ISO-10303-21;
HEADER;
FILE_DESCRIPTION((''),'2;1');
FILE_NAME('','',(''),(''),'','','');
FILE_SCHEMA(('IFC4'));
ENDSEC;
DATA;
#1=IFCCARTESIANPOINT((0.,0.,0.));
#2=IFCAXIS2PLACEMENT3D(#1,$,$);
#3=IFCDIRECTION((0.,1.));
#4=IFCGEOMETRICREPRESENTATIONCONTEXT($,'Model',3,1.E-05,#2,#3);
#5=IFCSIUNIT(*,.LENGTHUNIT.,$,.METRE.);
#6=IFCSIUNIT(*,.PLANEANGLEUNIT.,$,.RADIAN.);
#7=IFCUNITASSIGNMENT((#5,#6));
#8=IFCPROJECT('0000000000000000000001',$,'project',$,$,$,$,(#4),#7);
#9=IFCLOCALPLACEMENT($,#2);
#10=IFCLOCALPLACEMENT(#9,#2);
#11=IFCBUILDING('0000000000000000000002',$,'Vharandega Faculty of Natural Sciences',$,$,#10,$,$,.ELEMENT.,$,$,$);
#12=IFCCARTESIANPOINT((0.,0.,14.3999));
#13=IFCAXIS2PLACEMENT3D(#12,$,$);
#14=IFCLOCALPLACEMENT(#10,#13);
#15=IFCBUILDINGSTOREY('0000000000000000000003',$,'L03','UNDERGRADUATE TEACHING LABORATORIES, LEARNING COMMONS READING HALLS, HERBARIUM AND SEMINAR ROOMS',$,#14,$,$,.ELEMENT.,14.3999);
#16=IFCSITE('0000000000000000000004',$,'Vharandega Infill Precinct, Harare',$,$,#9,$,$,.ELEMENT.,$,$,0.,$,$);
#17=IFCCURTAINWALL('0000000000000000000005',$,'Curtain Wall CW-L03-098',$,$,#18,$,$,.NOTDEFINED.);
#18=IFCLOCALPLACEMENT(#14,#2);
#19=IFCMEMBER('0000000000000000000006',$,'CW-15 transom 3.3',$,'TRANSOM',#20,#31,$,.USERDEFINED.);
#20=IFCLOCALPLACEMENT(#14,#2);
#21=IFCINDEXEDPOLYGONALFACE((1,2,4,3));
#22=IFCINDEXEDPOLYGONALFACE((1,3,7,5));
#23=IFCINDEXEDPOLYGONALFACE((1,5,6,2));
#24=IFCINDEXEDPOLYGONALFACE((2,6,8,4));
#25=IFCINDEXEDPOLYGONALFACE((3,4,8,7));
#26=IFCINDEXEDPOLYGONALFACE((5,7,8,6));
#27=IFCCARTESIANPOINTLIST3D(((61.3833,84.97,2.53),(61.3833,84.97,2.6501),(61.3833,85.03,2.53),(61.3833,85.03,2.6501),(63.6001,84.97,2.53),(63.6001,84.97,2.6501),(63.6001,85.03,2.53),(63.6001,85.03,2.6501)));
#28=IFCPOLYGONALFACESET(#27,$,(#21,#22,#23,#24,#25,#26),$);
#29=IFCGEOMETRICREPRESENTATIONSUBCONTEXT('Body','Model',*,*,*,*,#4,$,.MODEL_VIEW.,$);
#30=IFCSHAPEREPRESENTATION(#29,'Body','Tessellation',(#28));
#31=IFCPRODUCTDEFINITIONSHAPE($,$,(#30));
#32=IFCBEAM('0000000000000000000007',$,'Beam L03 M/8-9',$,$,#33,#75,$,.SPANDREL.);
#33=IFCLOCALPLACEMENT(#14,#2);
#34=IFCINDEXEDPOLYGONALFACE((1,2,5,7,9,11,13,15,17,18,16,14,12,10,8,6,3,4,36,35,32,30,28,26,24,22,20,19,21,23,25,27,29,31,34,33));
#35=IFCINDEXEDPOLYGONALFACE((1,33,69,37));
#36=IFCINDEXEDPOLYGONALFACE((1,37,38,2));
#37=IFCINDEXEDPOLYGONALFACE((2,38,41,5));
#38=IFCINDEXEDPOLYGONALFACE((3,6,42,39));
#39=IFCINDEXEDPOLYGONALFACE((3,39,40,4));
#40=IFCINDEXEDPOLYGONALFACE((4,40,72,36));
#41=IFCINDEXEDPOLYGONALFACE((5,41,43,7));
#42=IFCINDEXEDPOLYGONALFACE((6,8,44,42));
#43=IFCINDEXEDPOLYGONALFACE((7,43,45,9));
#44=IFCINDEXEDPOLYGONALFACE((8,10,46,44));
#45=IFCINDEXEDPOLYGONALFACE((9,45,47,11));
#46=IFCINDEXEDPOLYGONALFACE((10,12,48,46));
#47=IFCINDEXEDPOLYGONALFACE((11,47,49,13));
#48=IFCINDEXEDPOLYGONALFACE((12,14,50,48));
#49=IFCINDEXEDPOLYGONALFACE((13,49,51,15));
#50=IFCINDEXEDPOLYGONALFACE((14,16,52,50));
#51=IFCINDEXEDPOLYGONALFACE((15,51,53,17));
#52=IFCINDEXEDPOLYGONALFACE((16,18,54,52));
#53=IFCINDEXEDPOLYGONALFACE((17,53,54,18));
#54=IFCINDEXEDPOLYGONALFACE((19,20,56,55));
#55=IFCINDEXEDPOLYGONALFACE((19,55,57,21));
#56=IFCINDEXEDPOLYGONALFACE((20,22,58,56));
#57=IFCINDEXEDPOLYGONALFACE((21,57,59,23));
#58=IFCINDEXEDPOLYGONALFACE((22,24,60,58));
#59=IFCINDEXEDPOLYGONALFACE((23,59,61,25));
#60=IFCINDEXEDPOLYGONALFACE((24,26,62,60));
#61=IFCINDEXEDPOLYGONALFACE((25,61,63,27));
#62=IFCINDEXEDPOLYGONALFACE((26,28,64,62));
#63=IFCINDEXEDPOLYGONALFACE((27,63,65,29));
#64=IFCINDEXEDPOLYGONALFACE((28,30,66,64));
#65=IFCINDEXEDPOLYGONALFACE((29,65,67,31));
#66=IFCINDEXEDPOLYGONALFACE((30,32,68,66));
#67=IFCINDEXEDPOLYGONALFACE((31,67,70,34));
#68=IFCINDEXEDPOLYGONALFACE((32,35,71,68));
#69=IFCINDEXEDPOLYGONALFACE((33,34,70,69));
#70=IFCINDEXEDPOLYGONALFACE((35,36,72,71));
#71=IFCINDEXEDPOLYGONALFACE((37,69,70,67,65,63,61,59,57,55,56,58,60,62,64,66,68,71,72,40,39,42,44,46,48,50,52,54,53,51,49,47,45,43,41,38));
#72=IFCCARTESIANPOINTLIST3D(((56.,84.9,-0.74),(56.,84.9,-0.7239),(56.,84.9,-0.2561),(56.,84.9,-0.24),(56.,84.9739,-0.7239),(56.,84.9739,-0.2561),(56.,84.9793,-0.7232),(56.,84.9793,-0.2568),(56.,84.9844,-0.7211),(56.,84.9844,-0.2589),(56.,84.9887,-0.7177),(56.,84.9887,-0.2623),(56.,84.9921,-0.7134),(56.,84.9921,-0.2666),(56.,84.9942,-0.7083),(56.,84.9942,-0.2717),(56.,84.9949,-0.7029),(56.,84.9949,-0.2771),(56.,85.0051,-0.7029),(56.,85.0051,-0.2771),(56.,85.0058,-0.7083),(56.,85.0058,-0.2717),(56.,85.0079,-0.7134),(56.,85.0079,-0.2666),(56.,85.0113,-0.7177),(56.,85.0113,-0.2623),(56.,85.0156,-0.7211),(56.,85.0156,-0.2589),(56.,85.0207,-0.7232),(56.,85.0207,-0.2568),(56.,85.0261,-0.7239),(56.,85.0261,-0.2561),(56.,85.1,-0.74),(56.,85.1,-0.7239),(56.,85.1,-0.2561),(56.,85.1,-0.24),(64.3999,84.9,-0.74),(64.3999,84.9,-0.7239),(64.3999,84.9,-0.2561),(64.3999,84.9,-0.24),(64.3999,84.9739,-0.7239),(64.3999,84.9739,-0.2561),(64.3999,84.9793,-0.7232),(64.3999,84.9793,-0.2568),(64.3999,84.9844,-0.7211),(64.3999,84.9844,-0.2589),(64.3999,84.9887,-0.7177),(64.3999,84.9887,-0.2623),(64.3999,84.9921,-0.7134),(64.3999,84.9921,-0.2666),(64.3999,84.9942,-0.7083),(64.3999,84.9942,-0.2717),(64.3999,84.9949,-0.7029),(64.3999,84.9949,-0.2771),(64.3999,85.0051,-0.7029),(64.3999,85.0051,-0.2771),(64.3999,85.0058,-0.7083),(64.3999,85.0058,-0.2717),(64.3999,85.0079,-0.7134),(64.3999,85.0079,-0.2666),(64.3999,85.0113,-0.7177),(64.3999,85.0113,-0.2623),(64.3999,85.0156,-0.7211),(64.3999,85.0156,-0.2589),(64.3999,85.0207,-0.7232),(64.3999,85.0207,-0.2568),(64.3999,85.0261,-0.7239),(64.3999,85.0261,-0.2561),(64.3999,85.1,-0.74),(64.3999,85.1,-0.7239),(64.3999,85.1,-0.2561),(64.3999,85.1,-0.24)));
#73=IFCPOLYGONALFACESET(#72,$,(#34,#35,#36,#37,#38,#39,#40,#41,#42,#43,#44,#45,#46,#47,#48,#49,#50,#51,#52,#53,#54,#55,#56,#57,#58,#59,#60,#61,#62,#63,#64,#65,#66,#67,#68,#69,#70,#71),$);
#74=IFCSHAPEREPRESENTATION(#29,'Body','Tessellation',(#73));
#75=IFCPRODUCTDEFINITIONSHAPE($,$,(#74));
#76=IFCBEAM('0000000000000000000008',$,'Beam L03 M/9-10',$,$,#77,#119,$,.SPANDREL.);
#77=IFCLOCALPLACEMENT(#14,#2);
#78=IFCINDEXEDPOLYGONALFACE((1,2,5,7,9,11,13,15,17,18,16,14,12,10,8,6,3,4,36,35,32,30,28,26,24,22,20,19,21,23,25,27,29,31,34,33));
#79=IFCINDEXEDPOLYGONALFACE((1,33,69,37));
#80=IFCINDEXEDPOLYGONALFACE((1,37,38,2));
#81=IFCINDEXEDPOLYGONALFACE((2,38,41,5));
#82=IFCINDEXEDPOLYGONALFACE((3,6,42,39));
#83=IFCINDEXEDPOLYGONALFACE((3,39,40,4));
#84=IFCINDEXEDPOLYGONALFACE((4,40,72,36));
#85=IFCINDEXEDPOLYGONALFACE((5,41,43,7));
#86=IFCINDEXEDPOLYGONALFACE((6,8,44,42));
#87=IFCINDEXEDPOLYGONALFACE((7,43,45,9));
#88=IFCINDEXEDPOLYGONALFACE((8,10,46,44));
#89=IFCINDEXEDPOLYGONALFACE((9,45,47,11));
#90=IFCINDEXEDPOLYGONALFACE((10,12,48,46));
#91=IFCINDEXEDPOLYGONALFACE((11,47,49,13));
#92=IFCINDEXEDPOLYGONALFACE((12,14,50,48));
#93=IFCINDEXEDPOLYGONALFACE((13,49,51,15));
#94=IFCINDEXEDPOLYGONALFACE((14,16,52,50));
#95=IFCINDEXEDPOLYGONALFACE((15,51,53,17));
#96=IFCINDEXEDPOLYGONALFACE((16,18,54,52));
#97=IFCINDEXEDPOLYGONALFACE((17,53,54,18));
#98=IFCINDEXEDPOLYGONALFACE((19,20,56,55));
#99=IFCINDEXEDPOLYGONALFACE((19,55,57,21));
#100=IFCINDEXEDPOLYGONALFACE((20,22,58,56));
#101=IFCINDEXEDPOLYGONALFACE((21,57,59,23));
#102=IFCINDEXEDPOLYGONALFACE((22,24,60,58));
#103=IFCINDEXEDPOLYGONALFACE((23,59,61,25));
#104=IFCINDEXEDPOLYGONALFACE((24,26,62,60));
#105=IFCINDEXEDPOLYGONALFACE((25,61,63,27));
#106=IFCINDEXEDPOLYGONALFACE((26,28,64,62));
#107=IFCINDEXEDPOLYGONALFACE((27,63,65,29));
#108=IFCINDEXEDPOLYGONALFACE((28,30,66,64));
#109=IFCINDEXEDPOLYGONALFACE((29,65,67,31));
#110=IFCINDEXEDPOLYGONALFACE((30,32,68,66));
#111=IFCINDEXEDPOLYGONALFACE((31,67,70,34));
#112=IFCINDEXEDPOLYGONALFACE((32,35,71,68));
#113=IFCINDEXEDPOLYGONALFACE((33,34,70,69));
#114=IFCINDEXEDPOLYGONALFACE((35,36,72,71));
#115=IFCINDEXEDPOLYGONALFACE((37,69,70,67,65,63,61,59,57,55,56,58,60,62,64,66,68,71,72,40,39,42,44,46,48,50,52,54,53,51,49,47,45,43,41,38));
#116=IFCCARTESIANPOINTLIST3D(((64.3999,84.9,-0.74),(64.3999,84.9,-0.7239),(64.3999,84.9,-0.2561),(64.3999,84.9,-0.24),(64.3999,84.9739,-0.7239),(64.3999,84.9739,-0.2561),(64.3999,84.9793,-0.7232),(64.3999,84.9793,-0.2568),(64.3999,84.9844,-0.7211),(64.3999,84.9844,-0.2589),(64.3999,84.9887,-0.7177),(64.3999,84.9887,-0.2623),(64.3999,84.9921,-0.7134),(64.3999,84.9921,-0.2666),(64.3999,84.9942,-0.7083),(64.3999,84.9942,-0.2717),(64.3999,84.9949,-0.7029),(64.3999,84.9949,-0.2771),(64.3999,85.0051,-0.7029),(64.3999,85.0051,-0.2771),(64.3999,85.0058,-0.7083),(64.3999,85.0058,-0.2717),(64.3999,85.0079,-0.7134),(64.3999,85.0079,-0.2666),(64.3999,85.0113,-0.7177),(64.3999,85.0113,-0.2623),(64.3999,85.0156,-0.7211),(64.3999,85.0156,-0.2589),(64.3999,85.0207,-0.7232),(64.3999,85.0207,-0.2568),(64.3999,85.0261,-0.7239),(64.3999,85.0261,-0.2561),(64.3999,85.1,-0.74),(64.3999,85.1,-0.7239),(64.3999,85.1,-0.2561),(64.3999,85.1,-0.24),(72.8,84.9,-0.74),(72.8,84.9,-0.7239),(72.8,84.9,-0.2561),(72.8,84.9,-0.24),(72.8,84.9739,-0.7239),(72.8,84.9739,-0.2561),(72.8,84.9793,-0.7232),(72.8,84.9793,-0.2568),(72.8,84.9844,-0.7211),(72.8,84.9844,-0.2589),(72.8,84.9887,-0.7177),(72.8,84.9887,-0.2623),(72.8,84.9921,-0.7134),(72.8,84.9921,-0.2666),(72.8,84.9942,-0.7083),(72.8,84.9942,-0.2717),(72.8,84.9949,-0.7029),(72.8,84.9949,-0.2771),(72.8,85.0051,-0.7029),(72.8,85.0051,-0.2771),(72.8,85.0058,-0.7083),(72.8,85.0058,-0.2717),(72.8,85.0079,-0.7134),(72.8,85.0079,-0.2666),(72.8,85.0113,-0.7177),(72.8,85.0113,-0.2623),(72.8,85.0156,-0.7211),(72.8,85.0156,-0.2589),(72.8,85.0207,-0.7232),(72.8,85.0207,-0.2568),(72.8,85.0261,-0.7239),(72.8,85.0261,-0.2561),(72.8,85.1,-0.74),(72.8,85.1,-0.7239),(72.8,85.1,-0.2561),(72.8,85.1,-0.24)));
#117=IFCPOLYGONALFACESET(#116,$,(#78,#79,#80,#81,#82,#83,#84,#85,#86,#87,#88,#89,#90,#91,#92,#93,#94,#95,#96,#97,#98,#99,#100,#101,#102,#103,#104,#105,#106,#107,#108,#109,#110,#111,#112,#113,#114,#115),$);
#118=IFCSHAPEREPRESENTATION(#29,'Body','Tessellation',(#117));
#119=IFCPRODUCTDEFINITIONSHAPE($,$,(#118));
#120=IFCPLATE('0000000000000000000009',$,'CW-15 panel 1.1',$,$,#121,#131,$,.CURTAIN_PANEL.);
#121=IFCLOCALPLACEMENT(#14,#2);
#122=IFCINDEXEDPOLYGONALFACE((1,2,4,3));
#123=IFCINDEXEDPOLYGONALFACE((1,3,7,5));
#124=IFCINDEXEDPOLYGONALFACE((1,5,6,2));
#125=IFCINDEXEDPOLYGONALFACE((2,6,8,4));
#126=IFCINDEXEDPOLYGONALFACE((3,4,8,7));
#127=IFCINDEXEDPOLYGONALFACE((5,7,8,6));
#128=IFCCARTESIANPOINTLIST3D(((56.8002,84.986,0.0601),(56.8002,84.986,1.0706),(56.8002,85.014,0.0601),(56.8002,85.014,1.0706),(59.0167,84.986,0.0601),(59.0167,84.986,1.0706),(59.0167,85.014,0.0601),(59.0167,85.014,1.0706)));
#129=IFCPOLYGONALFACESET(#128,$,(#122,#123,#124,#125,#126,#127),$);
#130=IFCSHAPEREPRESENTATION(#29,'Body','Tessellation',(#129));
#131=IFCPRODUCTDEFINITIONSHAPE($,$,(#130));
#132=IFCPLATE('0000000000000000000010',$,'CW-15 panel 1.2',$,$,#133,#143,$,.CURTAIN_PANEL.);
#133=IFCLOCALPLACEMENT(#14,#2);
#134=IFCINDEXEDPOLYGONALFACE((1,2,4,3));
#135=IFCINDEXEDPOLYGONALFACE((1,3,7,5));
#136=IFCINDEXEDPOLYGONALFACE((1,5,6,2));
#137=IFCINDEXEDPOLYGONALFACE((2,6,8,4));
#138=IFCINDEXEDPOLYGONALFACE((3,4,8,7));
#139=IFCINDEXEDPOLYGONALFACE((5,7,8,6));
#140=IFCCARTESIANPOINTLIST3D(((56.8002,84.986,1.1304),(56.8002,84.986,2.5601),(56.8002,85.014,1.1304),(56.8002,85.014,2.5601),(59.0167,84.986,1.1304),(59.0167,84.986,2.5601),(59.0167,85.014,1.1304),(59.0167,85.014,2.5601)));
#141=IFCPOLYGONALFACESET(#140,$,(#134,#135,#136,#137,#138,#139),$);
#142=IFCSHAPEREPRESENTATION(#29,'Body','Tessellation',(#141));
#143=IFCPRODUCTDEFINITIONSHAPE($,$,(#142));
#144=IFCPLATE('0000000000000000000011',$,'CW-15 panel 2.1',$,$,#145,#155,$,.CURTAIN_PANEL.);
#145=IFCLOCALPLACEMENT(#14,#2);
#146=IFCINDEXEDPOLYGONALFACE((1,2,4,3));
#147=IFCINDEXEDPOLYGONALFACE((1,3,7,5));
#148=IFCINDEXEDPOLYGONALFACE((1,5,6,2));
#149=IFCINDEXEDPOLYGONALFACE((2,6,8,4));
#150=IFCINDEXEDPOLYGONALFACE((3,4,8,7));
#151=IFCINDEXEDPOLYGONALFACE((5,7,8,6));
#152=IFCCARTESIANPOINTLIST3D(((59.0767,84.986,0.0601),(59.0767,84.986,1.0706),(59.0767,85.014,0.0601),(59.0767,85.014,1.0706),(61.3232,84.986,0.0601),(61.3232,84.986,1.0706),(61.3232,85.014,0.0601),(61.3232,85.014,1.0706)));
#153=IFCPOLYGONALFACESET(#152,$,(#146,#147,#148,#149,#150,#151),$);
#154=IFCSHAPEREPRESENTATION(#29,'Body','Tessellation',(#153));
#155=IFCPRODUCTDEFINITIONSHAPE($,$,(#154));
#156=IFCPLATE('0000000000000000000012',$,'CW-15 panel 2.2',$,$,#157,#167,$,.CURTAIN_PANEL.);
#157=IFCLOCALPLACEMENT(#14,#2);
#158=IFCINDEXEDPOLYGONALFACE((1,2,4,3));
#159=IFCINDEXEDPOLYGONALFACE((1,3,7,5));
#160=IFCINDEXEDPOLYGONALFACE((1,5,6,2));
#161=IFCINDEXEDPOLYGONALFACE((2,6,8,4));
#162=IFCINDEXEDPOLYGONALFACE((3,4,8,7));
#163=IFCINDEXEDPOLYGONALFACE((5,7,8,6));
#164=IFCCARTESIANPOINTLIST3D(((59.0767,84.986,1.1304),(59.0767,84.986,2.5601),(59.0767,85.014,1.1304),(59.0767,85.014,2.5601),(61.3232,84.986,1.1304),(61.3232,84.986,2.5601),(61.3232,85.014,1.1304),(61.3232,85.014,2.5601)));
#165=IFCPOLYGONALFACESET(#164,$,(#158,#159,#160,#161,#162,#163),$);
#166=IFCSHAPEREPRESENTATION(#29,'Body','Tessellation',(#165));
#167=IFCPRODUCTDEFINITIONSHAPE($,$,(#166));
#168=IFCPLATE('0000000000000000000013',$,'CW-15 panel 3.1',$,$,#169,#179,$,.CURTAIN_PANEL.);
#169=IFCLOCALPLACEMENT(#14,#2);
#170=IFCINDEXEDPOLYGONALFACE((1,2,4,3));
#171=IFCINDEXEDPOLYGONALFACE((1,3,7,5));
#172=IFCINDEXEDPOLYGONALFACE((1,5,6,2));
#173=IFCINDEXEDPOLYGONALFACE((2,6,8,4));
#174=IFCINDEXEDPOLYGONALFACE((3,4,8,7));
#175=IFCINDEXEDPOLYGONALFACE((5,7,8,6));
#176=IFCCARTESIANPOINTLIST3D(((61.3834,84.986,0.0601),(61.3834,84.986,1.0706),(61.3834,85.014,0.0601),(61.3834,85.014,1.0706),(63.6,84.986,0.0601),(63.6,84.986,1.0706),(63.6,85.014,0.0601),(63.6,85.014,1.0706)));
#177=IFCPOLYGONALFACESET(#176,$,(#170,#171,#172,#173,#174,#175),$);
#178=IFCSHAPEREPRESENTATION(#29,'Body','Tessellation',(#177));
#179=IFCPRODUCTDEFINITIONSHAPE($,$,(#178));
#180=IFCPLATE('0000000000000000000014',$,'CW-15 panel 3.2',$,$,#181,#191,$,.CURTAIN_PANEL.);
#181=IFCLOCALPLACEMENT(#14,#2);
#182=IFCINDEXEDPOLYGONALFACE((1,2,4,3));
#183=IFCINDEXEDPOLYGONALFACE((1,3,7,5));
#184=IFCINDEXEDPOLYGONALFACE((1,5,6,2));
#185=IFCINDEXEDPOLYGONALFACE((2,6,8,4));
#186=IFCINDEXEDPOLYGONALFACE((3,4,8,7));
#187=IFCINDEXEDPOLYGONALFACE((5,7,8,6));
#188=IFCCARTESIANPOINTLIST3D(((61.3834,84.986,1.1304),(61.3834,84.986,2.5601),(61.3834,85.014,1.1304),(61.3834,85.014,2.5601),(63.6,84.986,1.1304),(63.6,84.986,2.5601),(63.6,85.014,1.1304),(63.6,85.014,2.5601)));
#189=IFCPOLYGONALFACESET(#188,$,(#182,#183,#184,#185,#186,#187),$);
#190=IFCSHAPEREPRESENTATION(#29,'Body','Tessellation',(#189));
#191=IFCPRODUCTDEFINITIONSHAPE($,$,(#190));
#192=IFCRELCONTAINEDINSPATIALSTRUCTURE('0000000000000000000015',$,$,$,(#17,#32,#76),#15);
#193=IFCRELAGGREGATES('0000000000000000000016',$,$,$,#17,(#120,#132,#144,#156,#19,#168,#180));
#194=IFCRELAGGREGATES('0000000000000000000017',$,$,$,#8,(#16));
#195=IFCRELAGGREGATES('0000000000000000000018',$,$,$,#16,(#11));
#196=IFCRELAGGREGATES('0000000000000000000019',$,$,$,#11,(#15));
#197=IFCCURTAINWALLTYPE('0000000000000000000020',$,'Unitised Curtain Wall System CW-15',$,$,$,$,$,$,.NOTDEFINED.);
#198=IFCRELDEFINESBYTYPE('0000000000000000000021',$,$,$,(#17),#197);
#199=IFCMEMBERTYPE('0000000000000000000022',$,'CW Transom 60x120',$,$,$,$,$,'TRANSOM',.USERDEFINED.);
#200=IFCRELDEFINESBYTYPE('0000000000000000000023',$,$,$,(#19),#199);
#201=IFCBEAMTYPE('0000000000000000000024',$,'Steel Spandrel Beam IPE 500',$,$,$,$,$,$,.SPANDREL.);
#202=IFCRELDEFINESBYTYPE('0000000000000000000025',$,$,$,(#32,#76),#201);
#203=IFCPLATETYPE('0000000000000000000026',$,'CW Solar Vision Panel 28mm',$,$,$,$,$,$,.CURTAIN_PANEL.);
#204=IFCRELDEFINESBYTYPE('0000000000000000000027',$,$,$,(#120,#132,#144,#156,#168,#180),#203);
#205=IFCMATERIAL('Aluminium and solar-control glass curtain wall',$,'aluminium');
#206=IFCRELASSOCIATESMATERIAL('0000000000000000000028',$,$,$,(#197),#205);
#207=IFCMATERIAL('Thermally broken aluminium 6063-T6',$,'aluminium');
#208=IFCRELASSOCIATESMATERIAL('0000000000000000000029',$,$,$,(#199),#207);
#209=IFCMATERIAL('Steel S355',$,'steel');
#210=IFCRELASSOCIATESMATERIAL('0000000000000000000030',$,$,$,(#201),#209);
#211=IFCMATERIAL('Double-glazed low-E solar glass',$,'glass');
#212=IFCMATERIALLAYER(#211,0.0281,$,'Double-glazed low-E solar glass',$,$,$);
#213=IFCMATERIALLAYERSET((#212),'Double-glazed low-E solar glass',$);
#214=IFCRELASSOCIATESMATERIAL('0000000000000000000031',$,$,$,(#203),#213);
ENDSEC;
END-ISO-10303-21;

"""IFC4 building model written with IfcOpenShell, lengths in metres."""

from ifc_helpers import new_model, si_unit, direction, frame, origin, origin_2d, place, context, subcontext, project, spatial, rectangle, i_section, extrude, material, layer, layer_set, material_profile, profile_set, type_object, element, aggregate, save


model = new_model("IFC4")

# Units and contexts
model_context = context("Model", 3, precision=1e-05, world=origin(), true_north=direction((0.0, 1.0)))
body_context = subcontext(model_context, "Body", "Model", "MODEL_VIEW")
ifc_project = project(units=[si_unit("LENGTHUNIT", "METRE"), si_unit("PLANEANGLEUNIT", "RADIAN")], contexts=[model_context])

# Site, building, storey
site_placement = place(None, origin())
site = spatial("IfcSite", under=ifc_project, at=site_placement, Name="Vharandega Infill Precinct, Harare", CompositionType="ELEMENT", RefElevation=0.0)
building_placement = place(site_placement, origin())
building = spatial("IfcBuilding", under=site, at=building_placement, Name="Vharandega Faculty of Natural Sciences", CompositionType="ELEMENT")
storey_placement = place(building_placement, frame((0.0, 0.0, 14.3999)))
storey = spatial("IfcBuildingStorey", under=building, at=storey_placement, Name="L03", Description="UNDERGRADUATE TEACHING LABORATORIES, LEARNING COMMONS READING HALLS, HERBARIUM AND SEMINAR ROOMS", CompositionType="ELEMENT", Elevation=14.3999)

# Curtain wall
ifc_material_1 = material(Name="Aluminium and solar-control glass curtain wall", Category="aluminium")
curtain_wall_type_1 = type_object("IfcCurtainWallType", Name="Unitised Curtain Wall System CW-15", PredefinedType="NOTDEFINED", material=ifc_material_1)
curtain_wall_1_placement = place(storey_placement, origin())
curtain_wall_1 = element("IfcCurtainWall", 1, at=curtain_wall_1_placement, inside=storey, type_object=curtain_wall_type_1, Name="Curtain Wall CW-L03-098", PredefinedType="NOTDEFINED")

# Member
ifc_material_2 = material(Name="Thermally broken aluminium 6063-T6", Category="aluminium")
ifc_material_profile_1 = material_profile(ifc_material_2, rectangle(XDim=0.0601, YDim=0.1201, at=origin_2d()), Name="ALU 60x120")
ifc_profile_set_1 = profile_set([ifc_material_profile_1], Name="Thermally broken aluminium 6063-T6")
member_type_1 = type_object("IfcMemberType", Name="CW Transom 60x120", ElementType="TRANSOM", PredefinedType="USERDEFINED", material=ifc_profile_set_1)
member_1_placement = place(storey_placement, frame((61.3833, 85.0, 2.5901), z_axis=(1.0, 0.0, 0.0), x_axis=(0.0, 1.0, 0.0)))
member_1 = element("IfcMember", 2, at=member_1_placement, type_object=member_type_1, Name="CW-15 transom 3.3", ObjectType="TRANSOM", PredefinedType="USERDEFINED", context=body_context, shape_type="SweptSolid", body=[
    extrude(rectangle(XDim=0.0601, YDim=0.1201, at=origin_2d()), origin(), (0.0, 0.0, 1.0), 2.2168),
])

# Beams
ifc_material_3 = material(Name="Steel S355", Category="steel")
ifc_material_profile_2 = material_profile(ifc_material_3, i_section(OverallWidth=0.2, OverallDepth=0.5, WebThickness=0.0103, FlangeThickness=0.0161, FilletRadius=0.021, at=origin_2d()), Name="IPE 500")
ifc_profile_set_2 = profile_set([ifc_material_profile_2], Name="Steel S355")
beam_type = type_object("IfcBeamType", Name="Steel Spandrel Beam IPE 500", PredefinedType="SPANDREL", material=ifc_profile_set_2)
beam_1_placement = place(storey_placement, frame((56.0, 85.0, -0.49), z_axis=(1.0, 0.0, 0.0), x_axis=(0.0, 1.0, 0.0)))
element("IfcBeam", 3, at=beam_1_placement, inside=storey, type_object=beam_type, Name="Beam L03 M/8-9", PredefinedType="SPANDREL", context=body_context, shape_type="SweptSolid", body=[
    extrude(i_section(OverallWidth=0.2, OverallDepth=0.5, WebThickness=0.0103, FlangeThickness=0.0161, FilletRadius=0.021, at=origin_2d()), origin(), (0.0, 0.0, 1.0), 8.3999),
])
beam_2_placement = place(storey_placement, frame((64.3999, 85.0, -0.49), z_axis=(1.0, 0.0, 0.0), x_axis=(0.0, 1.0, 0.0)))
element("IfcBeam", 4, at=beam_2_placement, inside=storey, type_object=beam_type, Name="Beam L03 M/9-10", PredefinedType="SPANDREL", context=body_context, shape_type="SweptSolid", body=[
    extrude(i_section(OverallWidth=0.2, OverallDepth=0.5, WebThickness=0.0103, FlangeThickness=0.0161, FilletRadius=0.021, at=origin_2d()), origin(), (0.0, 0.0, 1.0), 8.4001),
])

# Plates
ifc_material_4 = material(Name="Double-glazed low-E solar glass", Category="glass")
ifc_layer = layer(ifc_material_4, 0.0281, Name="Double-glazed low-E solar glass")
ifc_layer_set = layer_set([ifc_layer], Name="Double-glazed low-E solar glass")
plate_type = type_object("IfcPlateType", Name="CW Solar Vision Panel 28mm", PredefinedType="CURTAIN_PANEL", material=ifc_layer_set)
plate_1_placement = place(storey_placement, frame((57.9084, 85.0, 0.0601), z_axis=(0.0, 0.0, 1.0), x_axis=(1.0, 0.0, 0.0)))
plate_1 = element("IfcPlate", 5, at=plate_1_placement, type_object=plate_type, Name="CW-15 panel 1.1", PredefinedType="CURTAIN_PANEL", context=body_context, shape_type="SweptSolid", body=[
    extrude(rectangle(XDim=2.2166, YDim=0.0281, at=origin_2d()), origin(), (0.0, 0.0, 1.0), 1.0105),
])
plate_2_placement = place(storey_placement, frame((57.9084, 85.0, 1.1304), z_axis=(0.0, 0.0, 1.0), x_axis=(1.0, 0.0, 0.0)))
plate_2 = element("IfcPlate", 6, at=plate_2_placement, type_object=plate_type, Name="CW-15 panel 1.2", PredefinedType="CURTAIN_PANEL", context=body_context, shape_type="SweptSolid", body=[
    extrude(rectangle(XDim=2.2166, YDim=0.0281, at=origin_2d()), origin(), (0.0, 0.0, 1.0), 1.4297),
])
plate_3_placement = place(storey_placement, frame((60.2, 85.0, 0.0601), z_axis=(0.0, 0.0, 1.0), x_axis=(1.0, 0.0, 0.0)))
plate_3 = element("IfcPlate", 7, at=plate_3_placement, type_object=plate_type, Name="CW-15 panel 2.1", PredefinedType="CURTAIN_PANEL", context=body_context, shape_type="SweptSolid", body=[
    extrude(rectangle(XDim=2.2466, YDim=0.0281, at=origin_2d()), origin(), (0.0, 0.0, 1.0), 1.0105),
])
plate_4_placement = place(storey_placement, frame((60.2, 85.0, 1.1304), z_axis=(0.0, 0.0, 1.0), x_axis=(1.0, 0.0, 0.0)))
plate_4 = element("IfcPlate", 8, at=plate_4_placement, type_object=plate_type, Name="CW-15 panel 2.2", PredefinedType="CURTAIN_PANEL", context=body_context, shape_type="SweptSolid", body=[
    extrude(rectangle(XDim=2.2466, YDim=0.0281, at=origin_2d()), origin(), (0.0, 0.0, 1.0), 1.4297),
])
plate_5_placement = place(storey_placement, frame((62.4917, 85.0, 0.0601), z_axis=(0.0, 0.0, 1.0), x_axis=(1.0, 0.0, 0.0)))
plate_5 = element("IfcPlate", 9, at=plate_5_placement, type_object=plate_type, Name="CW-15 panel 3.1", PredefinedType="CURTAIN_PANEL", context=body_context, shape_type="SweptSolid", body=[
    extrude(rectangle(XDim=2.2166, YDim=0.0281, at=origin_2d()), origin(), (0.0, 0.0, 1.0), 1.0105),
])
plate_6_placement = place(storey_placement, frame((62.4917, 85.0, 1.1304), z_axis=(0.0, 0.0, 1.0), x_axis=(1.0, 0.0, 0.0)))
plate_6 = element("IfcPlate", 10, at=plate_6_placement, type_object=plate_type, Name="CW-15 panel 3.2", PredefinedType="CURTAIN_PANEL", context=body_context, shape_type="SweptSolid", body=[
    extrude(rectangle(XDim=2.2166, YDim=0.0281, at=origin_2d()), origin(), (0.0, 0.0, 1.0), 1.4297),
])
aggregate(curtain_wall_1, [plate_1, plate_2, plate_3, plate_4, member_1, plate_5, plate_6])

save(model, "model.ifc")
